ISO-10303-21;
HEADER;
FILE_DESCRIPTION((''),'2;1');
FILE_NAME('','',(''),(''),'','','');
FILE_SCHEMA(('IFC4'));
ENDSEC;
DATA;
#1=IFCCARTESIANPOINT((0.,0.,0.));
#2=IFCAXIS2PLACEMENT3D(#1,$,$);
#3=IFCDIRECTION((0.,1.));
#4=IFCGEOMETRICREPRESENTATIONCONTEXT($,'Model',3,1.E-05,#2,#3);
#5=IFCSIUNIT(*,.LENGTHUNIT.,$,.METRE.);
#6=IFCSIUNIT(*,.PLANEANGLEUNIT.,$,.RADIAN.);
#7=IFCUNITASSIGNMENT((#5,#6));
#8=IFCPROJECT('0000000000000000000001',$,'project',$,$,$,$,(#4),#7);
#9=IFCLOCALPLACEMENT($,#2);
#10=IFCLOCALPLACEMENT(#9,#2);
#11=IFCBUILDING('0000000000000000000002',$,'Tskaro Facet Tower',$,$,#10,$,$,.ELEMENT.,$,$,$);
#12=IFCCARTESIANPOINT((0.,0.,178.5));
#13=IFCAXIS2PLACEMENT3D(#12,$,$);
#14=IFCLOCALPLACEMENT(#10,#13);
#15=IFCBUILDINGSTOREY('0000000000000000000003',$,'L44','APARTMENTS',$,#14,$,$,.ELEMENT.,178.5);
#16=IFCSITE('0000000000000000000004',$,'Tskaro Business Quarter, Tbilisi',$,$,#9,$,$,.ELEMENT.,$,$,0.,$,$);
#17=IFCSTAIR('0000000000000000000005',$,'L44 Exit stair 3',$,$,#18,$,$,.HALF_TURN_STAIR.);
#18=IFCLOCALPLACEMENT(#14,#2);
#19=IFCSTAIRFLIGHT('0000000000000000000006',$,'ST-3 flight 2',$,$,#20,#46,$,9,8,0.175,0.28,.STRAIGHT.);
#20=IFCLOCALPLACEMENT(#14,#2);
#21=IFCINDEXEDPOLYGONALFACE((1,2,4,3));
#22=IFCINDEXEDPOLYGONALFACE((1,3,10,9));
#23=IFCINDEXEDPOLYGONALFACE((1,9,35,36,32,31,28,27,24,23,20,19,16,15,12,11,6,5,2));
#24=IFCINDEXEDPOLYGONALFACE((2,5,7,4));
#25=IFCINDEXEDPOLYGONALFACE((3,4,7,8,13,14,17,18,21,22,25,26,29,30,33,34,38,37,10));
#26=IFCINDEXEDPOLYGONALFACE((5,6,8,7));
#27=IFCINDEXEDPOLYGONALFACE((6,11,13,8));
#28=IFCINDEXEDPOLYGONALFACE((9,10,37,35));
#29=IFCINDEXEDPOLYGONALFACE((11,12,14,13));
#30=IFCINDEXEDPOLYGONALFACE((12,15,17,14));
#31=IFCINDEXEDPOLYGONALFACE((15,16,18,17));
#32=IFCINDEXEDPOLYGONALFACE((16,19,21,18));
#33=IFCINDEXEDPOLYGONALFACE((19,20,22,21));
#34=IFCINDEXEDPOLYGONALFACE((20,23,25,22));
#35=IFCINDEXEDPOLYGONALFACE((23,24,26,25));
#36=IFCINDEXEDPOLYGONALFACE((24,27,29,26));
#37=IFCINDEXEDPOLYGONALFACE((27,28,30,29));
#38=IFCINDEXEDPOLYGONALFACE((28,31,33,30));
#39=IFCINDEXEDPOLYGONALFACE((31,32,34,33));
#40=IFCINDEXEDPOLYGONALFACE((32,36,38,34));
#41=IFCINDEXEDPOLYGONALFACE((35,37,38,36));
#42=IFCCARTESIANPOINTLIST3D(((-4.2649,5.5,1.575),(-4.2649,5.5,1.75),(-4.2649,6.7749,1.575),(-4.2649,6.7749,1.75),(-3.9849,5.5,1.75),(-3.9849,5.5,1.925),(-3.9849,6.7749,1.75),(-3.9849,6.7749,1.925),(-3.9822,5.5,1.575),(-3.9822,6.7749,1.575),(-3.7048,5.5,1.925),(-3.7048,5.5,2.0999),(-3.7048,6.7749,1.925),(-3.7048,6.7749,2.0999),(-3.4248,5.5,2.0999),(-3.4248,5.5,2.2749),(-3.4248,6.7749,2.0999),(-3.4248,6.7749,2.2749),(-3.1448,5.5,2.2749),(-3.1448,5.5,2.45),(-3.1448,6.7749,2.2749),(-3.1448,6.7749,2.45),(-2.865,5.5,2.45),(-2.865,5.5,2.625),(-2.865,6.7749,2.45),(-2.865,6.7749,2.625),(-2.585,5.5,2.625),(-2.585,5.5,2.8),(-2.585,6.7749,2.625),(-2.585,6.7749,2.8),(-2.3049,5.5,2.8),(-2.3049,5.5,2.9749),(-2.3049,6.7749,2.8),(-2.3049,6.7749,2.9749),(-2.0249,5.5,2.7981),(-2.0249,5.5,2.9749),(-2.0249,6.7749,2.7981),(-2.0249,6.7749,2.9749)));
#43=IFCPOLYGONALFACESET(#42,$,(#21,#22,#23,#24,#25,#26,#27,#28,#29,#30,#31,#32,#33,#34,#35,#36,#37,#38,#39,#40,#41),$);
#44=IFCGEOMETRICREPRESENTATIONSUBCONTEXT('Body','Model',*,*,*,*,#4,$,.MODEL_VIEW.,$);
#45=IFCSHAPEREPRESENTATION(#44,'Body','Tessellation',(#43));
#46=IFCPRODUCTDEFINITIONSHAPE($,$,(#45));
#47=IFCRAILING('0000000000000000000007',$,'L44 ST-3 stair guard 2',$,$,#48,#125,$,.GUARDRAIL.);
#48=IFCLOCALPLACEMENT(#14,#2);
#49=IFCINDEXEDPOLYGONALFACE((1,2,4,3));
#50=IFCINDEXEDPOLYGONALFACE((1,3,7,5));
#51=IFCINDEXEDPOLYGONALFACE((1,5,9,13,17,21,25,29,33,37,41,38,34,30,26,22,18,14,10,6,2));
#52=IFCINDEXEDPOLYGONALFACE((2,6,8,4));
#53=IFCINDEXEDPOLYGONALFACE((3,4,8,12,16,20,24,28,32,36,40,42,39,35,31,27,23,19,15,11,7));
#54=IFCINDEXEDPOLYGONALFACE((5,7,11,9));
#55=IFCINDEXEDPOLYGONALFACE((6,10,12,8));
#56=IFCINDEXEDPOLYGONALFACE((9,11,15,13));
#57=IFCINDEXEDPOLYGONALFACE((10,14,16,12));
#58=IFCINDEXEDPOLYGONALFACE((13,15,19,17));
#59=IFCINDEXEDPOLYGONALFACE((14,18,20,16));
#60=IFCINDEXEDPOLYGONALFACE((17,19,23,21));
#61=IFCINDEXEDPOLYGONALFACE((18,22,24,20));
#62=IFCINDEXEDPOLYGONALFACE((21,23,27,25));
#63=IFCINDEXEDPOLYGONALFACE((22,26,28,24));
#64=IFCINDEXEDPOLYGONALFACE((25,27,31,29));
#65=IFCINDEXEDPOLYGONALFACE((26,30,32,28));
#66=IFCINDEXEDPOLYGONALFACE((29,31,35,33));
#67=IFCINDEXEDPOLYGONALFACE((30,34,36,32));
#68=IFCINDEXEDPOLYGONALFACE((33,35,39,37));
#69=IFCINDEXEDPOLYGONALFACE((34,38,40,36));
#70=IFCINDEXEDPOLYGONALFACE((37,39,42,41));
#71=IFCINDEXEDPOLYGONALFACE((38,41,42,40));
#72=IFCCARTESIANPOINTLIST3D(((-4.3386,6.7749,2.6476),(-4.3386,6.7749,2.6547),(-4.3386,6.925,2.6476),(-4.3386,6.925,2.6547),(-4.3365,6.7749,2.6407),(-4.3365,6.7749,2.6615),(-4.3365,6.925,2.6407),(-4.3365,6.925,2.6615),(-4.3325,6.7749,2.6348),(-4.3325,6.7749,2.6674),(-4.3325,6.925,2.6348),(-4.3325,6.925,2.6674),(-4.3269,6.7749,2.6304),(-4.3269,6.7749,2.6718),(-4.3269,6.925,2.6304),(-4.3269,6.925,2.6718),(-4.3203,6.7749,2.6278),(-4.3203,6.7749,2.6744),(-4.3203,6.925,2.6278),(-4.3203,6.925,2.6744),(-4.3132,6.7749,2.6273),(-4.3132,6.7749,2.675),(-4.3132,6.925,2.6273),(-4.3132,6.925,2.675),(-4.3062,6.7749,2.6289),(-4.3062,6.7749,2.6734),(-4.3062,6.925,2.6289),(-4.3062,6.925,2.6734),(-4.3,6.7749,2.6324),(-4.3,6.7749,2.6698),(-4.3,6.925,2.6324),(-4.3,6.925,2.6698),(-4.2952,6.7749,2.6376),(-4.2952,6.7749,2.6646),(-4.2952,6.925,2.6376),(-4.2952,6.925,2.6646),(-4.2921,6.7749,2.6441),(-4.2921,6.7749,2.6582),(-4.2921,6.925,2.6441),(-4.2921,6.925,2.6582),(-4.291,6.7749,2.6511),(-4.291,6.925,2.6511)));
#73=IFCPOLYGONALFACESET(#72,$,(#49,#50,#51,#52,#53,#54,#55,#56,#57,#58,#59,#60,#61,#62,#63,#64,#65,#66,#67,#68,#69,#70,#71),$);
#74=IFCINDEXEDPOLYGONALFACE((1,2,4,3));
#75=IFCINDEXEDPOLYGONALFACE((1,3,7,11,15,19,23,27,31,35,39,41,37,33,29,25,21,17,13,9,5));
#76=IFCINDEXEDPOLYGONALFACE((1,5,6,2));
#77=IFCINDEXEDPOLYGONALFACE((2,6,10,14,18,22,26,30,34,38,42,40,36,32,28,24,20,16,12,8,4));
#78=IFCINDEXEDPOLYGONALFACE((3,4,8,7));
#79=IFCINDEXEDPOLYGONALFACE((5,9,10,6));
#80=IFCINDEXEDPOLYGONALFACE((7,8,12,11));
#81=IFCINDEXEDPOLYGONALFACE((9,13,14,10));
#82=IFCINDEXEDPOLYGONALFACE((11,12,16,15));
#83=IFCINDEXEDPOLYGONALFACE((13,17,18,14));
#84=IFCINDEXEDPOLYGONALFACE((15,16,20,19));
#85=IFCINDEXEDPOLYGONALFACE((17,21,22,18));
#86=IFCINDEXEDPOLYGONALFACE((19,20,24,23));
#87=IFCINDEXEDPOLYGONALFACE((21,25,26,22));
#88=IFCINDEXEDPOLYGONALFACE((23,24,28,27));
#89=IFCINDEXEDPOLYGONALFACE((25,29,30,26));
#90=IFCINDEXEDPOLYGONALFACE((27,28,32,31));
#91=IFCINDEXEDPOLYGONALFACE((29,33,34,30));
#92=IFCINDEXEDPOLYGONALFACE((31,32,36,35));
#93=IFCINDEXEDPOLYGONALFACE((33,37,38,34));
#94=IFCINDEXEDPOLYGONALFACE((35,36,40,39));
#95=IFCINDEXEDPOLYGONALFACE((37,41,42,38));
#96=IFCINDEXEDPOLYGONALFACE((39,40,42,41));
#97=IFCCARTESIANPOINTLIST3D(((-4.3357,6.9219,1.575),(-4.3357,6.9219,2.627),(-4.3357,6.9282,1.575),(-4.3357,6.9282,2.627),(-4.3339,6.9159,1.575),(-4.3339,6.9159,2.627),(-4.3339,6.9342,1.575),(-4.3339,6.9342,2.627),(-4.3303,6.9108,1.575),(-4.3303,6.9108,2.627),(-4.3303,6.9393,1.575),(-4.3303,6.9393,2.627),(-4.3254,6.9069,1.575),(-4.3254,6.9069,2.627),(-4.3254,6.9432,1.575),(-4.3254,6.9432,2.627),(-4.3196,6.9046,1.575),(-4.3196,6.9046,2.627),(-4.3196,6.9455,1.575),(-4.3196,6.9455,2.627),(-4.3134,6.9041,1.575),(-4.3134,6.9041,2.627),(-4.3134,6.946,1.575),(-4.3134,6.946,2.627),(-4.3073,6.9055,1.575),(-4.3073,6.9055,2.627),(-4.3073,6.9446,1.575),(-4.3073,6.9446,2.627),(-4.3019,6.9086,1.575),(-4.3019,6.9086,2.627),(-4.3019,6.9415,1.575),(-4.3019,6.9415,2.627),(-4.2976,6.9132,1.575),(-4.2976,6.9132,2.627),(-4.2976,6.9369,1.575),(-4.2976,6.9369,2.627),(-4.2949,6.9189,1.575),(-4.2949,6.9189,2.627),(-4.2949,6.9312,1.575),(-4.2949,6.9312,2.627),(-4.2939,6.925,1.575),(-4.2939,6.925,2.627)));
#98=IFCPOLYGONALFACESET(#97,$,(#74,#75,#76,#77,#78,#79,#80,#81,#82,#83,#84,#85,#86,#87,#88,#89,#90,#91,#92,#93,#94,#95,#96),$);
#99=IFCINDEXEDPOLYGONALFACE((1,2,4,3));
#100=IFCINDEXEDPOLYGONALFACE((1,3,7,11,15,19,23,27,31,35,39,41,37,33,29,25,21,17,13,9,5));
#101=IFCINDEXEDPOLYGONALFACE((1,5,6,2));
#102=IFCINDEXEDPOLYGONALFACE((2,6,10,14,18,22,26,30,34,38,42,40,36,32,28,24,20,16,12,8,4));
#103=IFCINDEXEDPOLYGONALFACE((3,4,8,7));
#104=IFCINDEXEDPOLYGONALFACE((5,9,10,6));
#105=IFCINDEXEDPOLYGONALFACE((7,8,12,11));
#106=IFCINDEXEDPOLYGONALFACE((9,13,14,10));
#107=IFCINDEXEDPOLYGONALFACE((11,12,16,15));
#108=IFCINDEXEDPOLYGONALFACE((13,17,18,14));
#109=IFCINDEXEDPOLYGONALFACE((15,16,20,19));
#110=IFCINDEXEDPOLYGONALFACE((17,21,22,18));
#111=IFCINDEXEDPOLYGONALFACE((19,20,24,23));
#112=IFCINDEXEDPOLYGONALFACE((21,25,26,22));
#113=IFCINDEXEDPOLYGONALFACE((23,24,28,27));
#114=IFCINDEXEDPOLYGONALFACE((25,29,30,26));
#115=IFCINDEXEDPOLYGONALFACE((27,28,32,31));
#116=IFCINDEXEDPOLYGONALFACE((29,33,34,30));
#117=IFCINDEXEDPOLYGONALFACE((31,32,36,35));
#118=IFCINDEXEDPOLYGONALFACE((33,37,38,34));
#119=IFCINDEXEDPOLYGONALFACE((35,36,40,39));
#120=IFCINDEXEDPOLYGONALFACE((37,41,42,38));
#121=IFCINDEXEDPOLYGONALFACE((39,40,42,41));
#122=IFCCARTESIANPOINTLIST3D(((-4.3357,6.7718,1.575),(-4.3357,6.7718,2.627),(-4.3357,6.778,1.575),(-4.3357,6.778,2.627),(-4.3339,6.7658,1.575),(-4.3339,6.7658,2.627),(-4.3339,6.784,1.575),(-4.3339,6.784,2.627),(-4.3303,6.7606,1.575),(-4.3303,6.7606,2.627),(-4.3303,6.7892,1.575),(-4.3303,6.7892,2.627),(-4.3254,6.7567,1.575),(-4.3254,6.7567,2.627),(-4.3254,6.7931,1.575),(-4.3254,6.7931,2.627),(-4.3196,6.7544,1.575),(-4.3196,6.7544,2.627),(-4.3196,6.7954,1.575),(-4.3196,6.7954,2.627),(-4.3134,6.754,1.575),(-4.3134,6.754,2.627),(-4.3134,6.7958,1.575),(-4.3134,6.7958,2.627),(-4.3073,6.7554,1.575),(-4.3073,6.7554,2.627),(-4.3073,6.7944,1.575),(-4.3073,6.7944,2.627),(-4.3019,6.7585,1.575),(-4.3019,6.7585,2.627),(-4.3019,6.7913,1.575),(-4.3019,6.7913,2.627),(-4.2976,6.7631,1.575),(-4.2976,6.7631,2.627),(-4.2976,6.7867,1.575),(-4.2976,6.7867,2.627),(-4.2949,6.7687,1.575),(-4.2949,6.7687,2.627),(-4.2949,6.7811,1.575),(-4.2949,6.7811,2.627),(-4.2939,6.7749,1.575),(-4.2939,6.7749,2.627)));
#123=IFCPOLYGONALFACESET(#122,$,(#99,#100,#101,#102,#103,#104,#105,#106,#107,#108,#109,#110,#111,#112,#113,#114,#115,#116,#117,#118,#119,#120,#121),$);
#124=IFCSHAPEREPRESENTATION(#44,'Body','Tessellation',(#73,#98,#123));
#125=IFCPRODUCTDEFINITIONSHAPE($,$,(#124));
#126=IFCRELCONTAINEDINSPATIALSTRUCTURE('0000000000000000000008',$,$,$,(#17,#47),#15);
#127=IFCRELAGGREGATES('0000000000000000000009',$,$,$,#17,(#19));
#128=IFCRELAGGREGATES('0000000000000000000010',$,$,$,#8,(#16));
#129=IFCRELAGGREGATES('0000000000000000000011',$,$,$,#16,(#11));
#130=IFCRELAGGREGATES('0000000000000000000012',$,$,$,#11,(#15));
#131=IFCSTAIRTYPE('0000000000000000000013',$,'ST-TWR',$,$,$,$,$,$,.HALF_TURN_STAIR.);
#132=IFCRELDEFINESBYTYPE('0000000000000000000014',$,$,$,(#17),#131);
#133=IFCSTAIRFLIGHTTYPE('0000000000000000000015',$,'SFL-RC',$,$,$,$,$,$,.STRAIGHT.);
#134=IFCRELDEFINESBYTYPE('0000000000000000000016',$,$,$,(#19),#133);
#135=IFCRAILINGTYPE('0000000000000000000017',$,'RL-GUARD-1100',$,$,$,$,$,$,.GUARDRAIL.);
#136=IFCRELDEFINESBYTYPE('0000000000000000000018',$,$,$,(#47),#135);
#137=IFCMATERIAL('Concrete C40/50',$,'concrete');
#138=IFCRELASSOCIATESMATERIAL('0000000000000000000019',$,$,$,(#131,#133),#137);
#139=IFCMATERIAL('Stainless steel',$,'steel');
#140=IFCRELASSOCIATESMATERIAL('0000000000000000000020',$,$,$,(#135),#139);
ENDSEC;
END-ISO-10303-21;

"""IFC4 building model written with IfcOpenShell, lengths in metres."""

from ifc_helpers import new_model, si_unit, direction, frame, origin, origin_2d, place, context, subcontext, project, spatial, polyline, circle, outline, extrude, material, type_object, element, aggregate, save


model = new_model("IFC4")

# Units and contexts
model_context = context("Model", 3, precision=1e-05, world=origin(), true_north=direction((0.0, 1.0)))
body_context = subcontext(model_context, "Body", "Model", "MODEL_VIEW")
ifc_project = project(units=[si_unit("LENGTHUNIT", "METRE"), si_unit("PLANEANGLEUNIT", "RADIAN")], contexts=[model_context])

# Site, building, storey
site_placement = place(None, origin())
site = spatial("IfcSite", under=ifc_project, at=site_placement, Name="Tskaro Business Quarter, Tbilisi", CompositionType="ELEMENT", RefElevation=0.0)
building_placement = place(site_placement, origin())
building = spatial("IfcBuilding", under=site, at=building_placement, Name="Tskaro Facet Tower", CompositionType="ELEMENT")
storey_placement = place(building_placement, frame((0.0, 0.0, 178.5)))
storey = spatial("IfcBuildingStorey", under=building, at=storey_placement, Name="L44", Description="APARTMENTS", CompositionType="ELEMENT", Elevation=178.5)

# Shared definitions
ifc_material_1 = material(Name="Concrete C40/50", Category="concrete")

# Stair, stair flight
stair_type = type_object("IfcStairType", Name="ST-TWR", PredefinedType="HALF_TURN_STAIR", material=ifc_material_1)
stair_placement = place(storey_placement, origin())
stair = element("IfcStair", 1, at=stair_placement, inside=storey, type_object=stair_type, Name="L44 Exit stair 3", PredefinedType="HALF_TURN_STAIR")
stair_flight_type = type_object("IfcStairFlightType", Name="SFL-RC", PredefinedType="STRAIGHT", material=ifc_material_1)
stair_flight_placement = place(storey_placement, frame((-4.2649, 6.1375, 1.575), z_axis=(0.0, 0.0, 1.0), x_axis=(1.0, 0.0, 0.0)))
stair_flight = element("IfcStairFlight", 2, at=stair_flight_placement, type_object=stair_flight_type, Name="ST-3 flight 2", NumberOfRisers=9, NumberOfTreads=8, PredefinedType="STRAIGHT", RiserHeight=0.175, TreadLength=0.28, context=body_context, shape_type="SweptSolid", body=[
    extrude(outline(polyline([(0.0, 0.0), (0.0, 0.175), (0.28, 0.175), (0.28, 0.3501), (0.5601, 0.3501), (0.5601, 0.5249), (0.8401, 0.5249), (0.8401, 0.7), (1.1201, 0.7), (1.1201, 0.875), (1.3999, 0.875), (1.3999, 1.05), (1.6799, 1.05), (1.6799, 1.2251), (1.96, 1.2251), (1.96, 1.3999), (2.24, 1.3999), (2.24, 1.575), (2.24, 1.2231), (0.2827, 0.0), (0.0, 0.0)])), frame((0.0, 0.6375, 0.0), z_axis=(0.0, -1.0, 0.0), x_axis=(1.0, 0.0, 0.0)), (0.0, 0.0, 1.0), 1.2749),
])
aggregate(stair, [stair_flight])

# Railing
ifc_material_2 = material(Name="Stainless steel", Category="steel")
railing_type_1 = type_object("IfcRailingType", Name="RL-GUARD-1100", PredefinedType="GUARDRAIL", material=ifc_material_2)
railing_1_placement = place(storey_placement, frame((-4.3149, 6.925, 1.575)))
element("IfcRailing", 3, at=railing_1_placement, inside=storey, type_object=railing_type_1, Name="L44 ST-3 stair guard 2", PredefinedType="GUARDRAIL", context=body_context, shape_type="SweptSolid", body=[
    extrude(circle(Radius=0.0239, at=origin_2d()), frame((0.0, 0.0, 1.0762), z_axis=(0.0, -1.0, 0.0), x_axis=(1.0, 0.0, 0.0)), (0.0, 0.0, 1.0), 0.1501),
    extrude(circle(Radius=0.021, at=origin_2d()), origin(), (0.0, 0.0, 1.0), 1.052),
    extrude(circle(Radius=0.021, at=origin_2d()), frame((0.0, -0.1501, 0.0)), (0.0, 0.0, 1.0), 1.052),
])

save(model, "model.ifc")
